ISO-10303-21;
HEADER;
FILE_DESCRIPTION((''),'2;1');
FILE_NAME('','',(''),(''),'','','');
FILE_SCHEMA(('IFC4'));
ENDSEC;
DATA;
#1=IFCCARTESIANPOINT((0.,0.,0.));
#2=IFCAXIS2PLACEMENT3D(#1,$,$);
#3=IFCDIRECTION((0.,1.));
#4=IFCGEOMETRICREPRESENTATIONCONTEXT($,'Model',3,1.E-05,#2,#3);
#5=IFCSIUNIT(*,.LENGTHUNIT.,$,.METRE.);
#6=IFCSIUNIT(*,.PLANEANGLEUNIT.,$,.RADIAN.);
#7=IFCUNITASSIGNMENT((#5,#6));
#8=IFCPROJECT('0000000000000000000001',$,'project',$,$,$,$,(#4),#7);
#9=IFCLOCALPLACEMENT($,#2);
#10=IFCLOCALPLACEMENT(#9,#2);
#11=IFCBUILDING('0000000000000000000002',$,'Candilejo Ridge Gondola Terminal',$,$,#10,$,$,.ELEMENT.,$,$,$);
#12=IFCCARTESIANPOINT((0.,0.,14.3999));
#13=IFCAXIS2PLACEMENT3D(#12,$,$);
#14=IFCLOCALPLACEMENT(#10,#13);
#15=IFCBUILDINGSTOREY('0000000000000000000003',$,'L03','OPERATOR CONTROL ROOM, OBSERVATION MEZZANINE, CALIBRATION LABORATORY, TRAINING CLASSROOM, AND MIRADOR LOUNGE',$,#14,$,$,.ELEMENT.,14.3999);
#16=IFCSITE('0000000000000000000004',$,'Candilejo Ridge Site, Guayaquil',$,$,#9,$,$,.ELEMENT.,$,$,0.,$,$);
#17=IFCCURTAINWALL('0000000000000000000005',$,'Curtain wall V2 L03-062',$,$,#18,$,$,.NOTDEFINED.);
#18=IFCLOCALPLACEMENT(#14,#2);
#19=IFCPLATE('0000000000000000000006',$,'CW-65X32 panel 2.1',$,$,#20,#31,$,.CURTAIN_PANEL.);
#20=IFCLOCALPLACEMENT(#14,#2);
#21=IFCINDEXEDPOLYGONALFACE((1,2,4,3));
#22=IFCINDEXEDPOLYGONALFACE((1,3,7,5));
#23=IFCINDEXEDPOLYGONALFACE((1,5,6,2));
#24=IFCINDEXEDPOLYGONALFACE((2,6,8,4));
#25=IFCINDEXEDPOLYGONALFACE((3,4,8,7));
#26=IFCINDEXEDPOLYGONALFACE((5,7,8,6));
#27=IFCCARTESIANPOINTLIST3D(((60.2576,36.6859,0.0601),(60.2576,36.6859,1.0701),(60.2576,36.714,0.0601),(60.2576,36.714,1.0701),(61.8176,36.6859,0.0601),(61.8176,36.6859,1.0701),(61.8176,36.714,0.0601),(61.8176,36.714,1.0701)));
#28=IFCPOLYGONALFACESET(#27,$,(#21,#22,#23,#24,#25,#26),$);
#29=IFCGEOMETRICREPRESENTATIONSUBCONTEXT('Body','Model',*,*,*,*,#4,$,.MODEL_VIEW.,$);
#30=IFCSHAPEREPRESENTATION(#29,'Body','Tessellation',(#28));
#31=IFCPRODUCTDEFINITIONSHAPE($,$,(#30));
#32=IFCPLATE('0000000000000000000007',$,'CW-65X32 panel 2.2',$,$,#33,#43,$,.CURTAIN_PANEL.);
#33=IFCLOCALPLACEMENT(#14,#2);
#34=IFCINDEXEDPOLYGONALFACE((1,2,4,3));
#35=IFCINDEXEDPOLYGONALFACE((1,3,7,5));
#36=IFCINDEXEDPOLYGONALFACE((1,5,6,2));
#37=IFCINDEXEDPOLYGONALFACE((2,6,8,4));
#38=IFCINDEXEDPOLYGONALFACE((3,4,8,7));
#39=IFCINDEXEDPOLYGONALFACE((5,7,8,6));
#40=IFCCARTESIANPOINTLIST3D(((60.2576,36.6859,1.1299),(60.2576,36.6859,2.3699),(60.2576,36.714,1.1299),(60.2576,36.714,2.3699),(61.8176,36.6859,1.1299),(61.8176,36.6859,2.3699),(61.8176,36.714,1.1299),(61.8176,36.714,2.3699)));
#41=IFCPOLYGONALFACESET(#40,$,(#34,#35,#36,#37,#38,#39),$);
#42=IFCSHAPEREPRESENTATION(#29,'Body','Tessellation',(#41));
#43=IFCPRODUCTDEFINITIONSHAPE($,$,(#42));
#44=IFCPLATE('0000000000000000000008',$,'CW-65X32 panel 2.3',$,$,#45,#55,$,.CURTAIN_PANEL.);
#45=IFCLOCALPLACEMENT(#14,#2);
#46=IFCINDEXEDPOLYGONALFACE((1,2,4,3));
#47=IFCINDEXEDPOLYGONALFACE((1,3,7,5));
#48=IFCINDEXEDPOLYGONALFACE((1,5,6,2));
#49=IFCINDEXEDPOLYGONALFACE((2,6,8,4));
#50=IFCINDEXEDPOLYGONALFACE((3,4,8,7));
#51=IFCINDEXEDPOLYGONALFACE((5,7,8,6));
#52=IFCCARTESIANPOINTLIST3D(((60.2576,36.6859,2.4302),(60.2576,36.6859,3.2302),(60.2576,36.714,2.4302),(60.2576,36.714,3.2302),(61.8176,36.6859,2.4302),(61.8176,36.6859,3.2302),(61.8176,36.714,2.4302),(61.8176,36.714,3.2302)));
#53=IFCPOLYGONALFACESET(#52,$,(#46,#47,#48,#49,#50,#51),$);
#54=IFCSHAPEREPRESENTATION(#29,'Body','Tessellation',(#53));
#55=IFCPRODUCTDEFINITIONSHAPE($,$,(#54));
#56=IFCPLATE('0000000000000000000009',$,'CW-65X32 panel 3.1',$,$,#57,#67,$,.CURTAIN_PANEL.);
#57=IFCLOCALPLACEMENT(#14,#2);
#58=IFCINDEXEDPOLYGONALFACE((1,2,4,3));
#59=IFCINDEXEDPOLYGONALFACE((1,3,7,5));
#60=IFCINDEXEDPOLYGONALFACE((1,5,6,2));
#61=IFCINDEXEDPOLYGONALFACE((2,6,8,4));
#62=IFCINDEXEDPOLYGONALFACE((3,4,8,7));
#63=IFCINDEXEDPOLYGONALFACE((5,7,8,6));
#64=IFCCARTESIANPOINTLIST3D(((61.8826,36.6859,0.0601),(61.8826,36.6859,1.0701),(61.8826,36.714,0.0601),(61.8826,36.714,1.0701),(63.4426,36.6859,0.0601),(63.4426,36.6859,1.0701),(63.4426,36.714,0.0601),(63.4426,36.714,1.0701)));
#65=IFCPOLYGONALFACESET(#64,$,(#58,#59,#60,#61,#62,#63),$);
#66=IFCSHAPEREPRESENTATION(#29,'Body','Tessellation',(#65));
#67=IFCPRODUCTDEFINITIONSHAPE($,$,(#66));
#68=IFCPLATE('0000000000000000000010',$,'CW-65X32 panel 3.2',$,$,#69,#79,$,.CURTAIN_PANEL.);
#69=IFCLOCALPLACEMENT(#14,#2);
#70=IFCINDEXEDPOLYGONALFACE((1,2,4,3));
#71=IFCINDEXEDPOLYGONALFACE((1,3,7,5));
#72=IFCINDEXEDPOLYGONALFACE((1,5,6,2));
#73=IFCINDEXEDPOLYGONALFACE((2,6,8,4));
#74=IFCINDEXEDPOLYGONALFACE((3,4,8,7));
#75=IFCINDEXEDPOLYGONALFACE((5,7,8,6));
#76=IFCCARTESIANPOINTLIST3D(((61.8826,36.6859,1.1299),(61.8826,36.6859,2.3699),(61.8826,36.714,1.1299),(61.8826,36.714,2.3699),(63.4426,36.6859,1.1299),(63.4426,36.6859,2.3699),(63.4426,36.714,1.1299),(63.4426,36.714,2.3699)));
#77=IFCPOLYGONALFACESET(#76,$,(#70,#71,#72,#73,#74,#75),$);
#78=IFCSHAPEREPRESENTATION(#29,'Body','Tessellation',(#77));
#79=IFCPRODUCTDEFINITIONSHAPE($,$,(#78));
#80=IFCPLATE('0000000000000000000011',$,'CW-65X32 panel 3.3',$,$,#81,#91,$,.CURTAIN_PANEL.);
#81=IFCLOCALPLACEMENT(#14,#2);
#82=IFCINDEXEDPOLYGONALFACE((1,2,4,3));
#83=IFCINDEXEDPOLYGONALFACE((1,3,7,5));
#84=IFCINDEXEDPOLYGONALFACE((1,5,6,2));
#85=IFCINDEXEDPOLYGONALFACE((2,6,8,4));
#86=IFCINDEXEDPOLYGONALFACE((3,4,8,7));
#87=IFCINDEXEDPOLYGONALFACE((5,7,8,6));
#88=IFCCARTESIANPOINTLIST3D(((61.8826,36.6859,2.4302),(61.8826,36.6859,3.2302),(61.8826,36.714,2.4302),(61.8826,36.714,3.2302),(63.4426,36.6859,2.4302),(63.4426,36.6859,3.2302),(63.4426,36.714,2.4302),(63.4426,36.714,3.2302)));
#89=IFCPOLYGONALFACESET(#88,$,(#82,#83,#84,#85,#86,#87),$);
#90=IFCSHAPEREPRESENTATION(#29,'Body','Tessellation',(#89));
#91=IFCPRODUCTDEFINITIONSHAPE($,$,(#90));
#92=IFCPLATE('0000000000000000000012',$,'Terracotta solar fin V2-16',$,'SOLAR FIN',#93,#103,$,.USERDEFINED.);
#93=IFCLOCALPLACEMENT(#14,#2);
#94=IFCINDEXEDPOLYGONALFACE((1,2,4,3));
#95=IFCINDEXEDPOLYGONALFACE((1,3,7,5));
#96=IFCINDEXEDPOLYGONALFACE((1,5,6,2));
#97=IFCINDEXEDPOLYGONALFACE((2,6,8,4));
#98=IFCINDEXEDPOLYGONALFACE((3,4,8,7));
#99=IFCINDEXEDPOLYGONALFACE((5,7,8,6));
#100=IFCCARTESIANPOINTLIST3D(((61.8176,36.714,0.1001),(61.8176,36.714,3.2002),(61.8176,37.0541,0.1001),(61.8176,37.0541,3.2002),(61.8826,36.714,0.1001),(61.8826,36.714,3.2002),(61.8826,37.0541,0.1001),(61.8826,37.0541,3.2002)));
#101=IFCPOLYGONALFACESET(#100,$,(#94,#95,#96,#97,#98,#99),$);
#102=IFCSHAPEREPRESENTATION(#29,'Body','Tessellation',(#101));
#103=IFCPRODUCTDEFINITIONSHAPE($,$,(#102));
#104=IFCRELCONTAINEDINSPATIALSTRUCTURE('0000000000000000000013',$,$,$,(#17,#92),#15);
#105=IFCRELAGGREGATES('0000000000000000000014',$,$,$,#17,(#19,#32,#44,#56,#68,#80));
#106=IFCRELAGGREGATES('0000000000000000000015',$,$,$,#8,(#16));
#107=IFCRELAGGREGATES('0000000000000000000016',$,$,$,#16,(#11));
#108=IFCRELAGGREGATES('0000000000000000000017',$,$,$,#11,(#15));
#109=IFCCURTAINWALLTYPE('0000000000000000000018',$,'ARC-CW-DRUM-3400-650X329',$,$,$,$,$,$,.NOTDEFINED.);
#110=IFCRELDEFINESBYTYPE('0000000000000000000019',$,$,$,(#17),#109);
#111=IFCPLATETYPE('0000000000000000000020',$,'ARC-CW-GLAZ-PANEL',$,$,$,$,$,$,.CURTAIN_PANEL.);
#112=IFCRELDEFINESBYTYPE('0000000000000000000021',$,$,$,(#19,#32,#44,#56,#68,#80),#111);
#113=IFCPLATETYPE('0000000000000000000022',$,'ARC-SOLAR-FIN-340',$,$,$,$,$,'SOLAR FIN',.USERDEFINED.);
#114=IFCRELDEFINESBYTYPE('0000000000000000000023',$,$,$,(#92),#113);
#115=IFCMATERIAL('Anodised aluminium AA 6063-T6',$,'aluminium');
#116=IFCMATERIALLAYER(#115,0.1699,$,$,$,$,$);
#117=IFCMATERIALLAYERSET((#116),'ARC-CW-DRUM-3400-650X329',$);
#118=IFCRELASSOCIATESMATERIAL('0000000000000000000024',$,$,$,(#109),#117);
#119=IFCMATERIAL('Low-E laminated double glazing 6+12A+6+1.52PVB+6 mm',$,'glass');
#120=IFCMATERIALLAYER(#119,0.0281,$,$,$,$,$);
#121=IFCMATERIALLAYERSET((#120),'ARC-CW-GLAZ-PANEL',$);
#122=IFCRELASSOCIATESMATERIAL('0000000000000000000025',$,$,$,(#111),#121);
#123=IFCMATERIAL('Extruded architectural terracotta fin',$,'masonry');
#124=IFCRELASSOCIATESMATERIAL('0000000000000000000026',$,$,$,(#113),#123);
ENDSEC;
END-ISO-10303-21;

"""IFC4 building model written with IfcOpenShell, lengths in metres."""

from ifc_helpers import new_model, si_unit, direction, frame, origin, origin_2d, place, context, subcontext, project, spatial, rectangle, extrude, material, layer, layer_set, type_object, element, aggregate, save


model = new_model("IFC4")

# Units and contexts
model_context = context("Model", 3, precision=1e-05, world=origin(), true_north=direction((0.0, 1.0)))
body_context = subcontext(model_context, "Body", "Model", "MODEL_VIEW")
ifc_project = project(units=[si_unit("LENGTHUNIT", "METRE"), si_unit("PLANEANGLEUNIT", "RADIAN")], contexts=[model_context])

# Site, building, storey
site_placement = place(None, origin())
site = spatial("IfcSite", under=ifc_project, at=site_placement, Name="Candilejo Ridge Site, Guayaquil", CompositionType="ELEMENT", RefElevation=0.0)
building_placement = place(site_placement, origin())
building = spatial("IfcBuilding", under=site, at=building_placement, Name="Candilejo Ridge Gondola Terminal", CompositionType="ELEMENT")
storey_placement = place(building_placement, frame((0.0, 0.0, 14.3999)))
storey = spatial("IfcBuildingStorey", under=building, at=storey_placement, Name="L03", Description="OPERATOR CONTROL ROOM, OBSERVATION MEZZANINE, CALIBRATION LABORATORY, TRAINING CLASSROOM, AND MIRADOR LOUNGE", CompositionType="ELEMENT", Elevation=14.3999)

# Curtain wall
ifc_material_1 = material(Name="Anodised aluminium AA 6063-T6", Category="aluminium")
ifc_layer_1 = layer(ifc_material_1, 0.1699)
ifc_layer_set_1 = layer_set([ifc_layer_1], Name="ARC-CW-DRUM-3400-650X329")
curtain_wall_type = type_object("IfcCurtainWallType", Name="ARC-CW-DRUM-3400-650X329", PredefinedType="NOTDEFINED", material=ifc_layer_set_1)
curtain_wall_placement = place(storey_placement, origin())
curtain_wall = element("IfcCurtainWall", 1, at=curtain_wall_placement, inside=storey, type_object=curtain_wall_type, Name="Curtain wall V2 L03-062", PredefinedType="NOTDEFINED")

# Plates
ifc_material_2 = material(Name="Low-E laminated double glazing 6+12A+6+1.52PVB+6 mm", Category="glass")
ifc_layer_2 = layer(ifc_material_2, 0.0281)
ifc_layer_set_2 = layer_set([ifc_layer_2], Name="ARC-CW-GLAZ-PANEL")
plate_type_1 = type_object("IfcPlateType", Name="ARC-CW-GLAZ-PANEL", PredefinedType="CURTAIN_PANEL", material=ifc_layer_set_2)
plate_1_placement = place(storey_placement, frame((61.0376, 36.7, 0.0601), z_axis=(0.0, 0.0, 1.0), x_axis=(1.0, 0.0, 0.0)))
plate_1 = element("IfcPlate", 2, at=plate_1_placement, type_object=plate_type_1, Name="CW-65X32 panel 2.1", PredefinedType="CURTAIN_PANEL", context=body_context, shape_type="SweptSolid", body=[
    extrude(rectangle(XDim=1.5601, YDim=0.0281, at=origin_2d()), origin(), (0.0, 0.0, 1.0), 1.01),
])
plate_2_placement = place(storey_placement, frame((61.0376, 36.7, 1.1299), z_axis=(0.0, 0.0, 1.0), x_axis=(1.0, 0.0, 0.0)))
plate_2 = element("IfcPlate", 3, at=plate_2_placement, type_object=plate_type_1, Name="CW-65X32 panel 2.2", PredefinedType="CURTAIN_PANEL", context=body_context, shape_type="SweptSolid", body=[
    extrude(rectangle(XDim=1.5601, YDim=0.0281, at=origin_2d()), origin(), (0.0, 0.0, 1.0), 1.24),
])
plate_3_placement = place(storey_placement, frame((61.0376, 36.7, 2.4302), z_axis=(0.0, 0.0, 1.0), x_axis=(1.0, 0.0, 0.0)))
plate_3 = element("IfcPlate", 4, at=plate_3_placement, type_object=plate_type_1, Name="CW-65X32 panel 2.3", PredefinedType="CURTAIN_PANEL", context=body_context, shape_type="SweptSolid", body=[
    extrude(rectangle(XDim=1.5601, YDim=0.0281, at=origin_2d()), origin(), (0.0, 0.0, 1.0), 0.8),
])
plate_4_placement = place(storey_placement, frame((62.6626, 36.7, 0.0601), z_axis=(0.0, 0.0, 1.0), x_axis=(1.0, 0.0, 0.0)))
plate_4 = element("IfcPlate", 5, at=plate_4_placement, type_object=plate_type_1, Name="CW-65X32 panel 3.1", PredefinedType="CURTAIN_PANEL", context=body_context, shape_type="SweptSolid", body=[
    extrude(rectangle(XDim=1.5601, YDim=0.0281, at=origin_2d()), origin(), (0.0, 0.0, 1.0), 1.01),
])
plate_5_placement = place(storey_placement, frame((62.6626, 36.7, 1.1299), z_axis=(0.0, 0.0, 1.0), x_axis=(1.0, 0.0, 0.0)))
plate_5 = element("IfcPlate", 6, at=plate_5_placement, type_object=plate_type_1, Name="CW-65X32 panel 3.2", PredefinedType="CURTAIN_PANEL", context=body_context, shape_type="SweptSolid", body=[
    extrude(rectangle(XDim=1.5601, YDim=0.0281, at=origin_2d()), origin(), (0.0, 0.0, 1.0), 1.24),
])
plate_6_placement = place(storey_placement, frame((62.6626, 36.7, 2.4302), z_axis=(0.0, 0.0, 1.0), x_axis=(1.0, 0.0, 0.0)))
plate_6 = element("IfcPlate", 7, at=plate_6_placement, type_object=plate_type_1, Name="CW-65X32 panel 3.3", PredefinedType="CURTAIN_PANEL", context=body_context, shape_type="SweptSolid", body=[
    extrude(rectangle(XDim=1.5601, YDim=0.0281, at=origin_2d()), origin(), (0.0, 0.0, 1.0), 0.8),
])
aggregate(curtain_wall, [plate_1, plate_2, plate_3, plate_4, plate_5, plate_6])
ifc_material_3 = material(Name="Extruded architectural terracotta fin", Category="masonry")
plate_type_2 = type_object("IfcPlateType", Name="ARC-SOLAR-FIN-340", ElementType="SOLAR FIN", PredefinedType="USERDEFINED", material=ifc_material_3)
plate_7_placement = place(storey_placement, frame((61.8501, 36.884, 0.1001), z_axis=(0.0, 0.0, 1.0), x_axis=(1.0, 0.0, 0.0)))
element("IfcPlate", 8, at=plate_7_placement, inside=storey, type_object=plate_type_2, Name="Terracotta solar fin V2-16", ObjectType="SOLAR FIN", PredefinedType="USERDEFINED", context=body_context, shape_type="SweptSolid", body=[
    extrude(rectangle(XDim=0.0649, YDim=0.3401, at=origin_2d()), origin(), (0.0, 0.0, 1.0), 3.1001),
])

save(model, "model.ifc")
